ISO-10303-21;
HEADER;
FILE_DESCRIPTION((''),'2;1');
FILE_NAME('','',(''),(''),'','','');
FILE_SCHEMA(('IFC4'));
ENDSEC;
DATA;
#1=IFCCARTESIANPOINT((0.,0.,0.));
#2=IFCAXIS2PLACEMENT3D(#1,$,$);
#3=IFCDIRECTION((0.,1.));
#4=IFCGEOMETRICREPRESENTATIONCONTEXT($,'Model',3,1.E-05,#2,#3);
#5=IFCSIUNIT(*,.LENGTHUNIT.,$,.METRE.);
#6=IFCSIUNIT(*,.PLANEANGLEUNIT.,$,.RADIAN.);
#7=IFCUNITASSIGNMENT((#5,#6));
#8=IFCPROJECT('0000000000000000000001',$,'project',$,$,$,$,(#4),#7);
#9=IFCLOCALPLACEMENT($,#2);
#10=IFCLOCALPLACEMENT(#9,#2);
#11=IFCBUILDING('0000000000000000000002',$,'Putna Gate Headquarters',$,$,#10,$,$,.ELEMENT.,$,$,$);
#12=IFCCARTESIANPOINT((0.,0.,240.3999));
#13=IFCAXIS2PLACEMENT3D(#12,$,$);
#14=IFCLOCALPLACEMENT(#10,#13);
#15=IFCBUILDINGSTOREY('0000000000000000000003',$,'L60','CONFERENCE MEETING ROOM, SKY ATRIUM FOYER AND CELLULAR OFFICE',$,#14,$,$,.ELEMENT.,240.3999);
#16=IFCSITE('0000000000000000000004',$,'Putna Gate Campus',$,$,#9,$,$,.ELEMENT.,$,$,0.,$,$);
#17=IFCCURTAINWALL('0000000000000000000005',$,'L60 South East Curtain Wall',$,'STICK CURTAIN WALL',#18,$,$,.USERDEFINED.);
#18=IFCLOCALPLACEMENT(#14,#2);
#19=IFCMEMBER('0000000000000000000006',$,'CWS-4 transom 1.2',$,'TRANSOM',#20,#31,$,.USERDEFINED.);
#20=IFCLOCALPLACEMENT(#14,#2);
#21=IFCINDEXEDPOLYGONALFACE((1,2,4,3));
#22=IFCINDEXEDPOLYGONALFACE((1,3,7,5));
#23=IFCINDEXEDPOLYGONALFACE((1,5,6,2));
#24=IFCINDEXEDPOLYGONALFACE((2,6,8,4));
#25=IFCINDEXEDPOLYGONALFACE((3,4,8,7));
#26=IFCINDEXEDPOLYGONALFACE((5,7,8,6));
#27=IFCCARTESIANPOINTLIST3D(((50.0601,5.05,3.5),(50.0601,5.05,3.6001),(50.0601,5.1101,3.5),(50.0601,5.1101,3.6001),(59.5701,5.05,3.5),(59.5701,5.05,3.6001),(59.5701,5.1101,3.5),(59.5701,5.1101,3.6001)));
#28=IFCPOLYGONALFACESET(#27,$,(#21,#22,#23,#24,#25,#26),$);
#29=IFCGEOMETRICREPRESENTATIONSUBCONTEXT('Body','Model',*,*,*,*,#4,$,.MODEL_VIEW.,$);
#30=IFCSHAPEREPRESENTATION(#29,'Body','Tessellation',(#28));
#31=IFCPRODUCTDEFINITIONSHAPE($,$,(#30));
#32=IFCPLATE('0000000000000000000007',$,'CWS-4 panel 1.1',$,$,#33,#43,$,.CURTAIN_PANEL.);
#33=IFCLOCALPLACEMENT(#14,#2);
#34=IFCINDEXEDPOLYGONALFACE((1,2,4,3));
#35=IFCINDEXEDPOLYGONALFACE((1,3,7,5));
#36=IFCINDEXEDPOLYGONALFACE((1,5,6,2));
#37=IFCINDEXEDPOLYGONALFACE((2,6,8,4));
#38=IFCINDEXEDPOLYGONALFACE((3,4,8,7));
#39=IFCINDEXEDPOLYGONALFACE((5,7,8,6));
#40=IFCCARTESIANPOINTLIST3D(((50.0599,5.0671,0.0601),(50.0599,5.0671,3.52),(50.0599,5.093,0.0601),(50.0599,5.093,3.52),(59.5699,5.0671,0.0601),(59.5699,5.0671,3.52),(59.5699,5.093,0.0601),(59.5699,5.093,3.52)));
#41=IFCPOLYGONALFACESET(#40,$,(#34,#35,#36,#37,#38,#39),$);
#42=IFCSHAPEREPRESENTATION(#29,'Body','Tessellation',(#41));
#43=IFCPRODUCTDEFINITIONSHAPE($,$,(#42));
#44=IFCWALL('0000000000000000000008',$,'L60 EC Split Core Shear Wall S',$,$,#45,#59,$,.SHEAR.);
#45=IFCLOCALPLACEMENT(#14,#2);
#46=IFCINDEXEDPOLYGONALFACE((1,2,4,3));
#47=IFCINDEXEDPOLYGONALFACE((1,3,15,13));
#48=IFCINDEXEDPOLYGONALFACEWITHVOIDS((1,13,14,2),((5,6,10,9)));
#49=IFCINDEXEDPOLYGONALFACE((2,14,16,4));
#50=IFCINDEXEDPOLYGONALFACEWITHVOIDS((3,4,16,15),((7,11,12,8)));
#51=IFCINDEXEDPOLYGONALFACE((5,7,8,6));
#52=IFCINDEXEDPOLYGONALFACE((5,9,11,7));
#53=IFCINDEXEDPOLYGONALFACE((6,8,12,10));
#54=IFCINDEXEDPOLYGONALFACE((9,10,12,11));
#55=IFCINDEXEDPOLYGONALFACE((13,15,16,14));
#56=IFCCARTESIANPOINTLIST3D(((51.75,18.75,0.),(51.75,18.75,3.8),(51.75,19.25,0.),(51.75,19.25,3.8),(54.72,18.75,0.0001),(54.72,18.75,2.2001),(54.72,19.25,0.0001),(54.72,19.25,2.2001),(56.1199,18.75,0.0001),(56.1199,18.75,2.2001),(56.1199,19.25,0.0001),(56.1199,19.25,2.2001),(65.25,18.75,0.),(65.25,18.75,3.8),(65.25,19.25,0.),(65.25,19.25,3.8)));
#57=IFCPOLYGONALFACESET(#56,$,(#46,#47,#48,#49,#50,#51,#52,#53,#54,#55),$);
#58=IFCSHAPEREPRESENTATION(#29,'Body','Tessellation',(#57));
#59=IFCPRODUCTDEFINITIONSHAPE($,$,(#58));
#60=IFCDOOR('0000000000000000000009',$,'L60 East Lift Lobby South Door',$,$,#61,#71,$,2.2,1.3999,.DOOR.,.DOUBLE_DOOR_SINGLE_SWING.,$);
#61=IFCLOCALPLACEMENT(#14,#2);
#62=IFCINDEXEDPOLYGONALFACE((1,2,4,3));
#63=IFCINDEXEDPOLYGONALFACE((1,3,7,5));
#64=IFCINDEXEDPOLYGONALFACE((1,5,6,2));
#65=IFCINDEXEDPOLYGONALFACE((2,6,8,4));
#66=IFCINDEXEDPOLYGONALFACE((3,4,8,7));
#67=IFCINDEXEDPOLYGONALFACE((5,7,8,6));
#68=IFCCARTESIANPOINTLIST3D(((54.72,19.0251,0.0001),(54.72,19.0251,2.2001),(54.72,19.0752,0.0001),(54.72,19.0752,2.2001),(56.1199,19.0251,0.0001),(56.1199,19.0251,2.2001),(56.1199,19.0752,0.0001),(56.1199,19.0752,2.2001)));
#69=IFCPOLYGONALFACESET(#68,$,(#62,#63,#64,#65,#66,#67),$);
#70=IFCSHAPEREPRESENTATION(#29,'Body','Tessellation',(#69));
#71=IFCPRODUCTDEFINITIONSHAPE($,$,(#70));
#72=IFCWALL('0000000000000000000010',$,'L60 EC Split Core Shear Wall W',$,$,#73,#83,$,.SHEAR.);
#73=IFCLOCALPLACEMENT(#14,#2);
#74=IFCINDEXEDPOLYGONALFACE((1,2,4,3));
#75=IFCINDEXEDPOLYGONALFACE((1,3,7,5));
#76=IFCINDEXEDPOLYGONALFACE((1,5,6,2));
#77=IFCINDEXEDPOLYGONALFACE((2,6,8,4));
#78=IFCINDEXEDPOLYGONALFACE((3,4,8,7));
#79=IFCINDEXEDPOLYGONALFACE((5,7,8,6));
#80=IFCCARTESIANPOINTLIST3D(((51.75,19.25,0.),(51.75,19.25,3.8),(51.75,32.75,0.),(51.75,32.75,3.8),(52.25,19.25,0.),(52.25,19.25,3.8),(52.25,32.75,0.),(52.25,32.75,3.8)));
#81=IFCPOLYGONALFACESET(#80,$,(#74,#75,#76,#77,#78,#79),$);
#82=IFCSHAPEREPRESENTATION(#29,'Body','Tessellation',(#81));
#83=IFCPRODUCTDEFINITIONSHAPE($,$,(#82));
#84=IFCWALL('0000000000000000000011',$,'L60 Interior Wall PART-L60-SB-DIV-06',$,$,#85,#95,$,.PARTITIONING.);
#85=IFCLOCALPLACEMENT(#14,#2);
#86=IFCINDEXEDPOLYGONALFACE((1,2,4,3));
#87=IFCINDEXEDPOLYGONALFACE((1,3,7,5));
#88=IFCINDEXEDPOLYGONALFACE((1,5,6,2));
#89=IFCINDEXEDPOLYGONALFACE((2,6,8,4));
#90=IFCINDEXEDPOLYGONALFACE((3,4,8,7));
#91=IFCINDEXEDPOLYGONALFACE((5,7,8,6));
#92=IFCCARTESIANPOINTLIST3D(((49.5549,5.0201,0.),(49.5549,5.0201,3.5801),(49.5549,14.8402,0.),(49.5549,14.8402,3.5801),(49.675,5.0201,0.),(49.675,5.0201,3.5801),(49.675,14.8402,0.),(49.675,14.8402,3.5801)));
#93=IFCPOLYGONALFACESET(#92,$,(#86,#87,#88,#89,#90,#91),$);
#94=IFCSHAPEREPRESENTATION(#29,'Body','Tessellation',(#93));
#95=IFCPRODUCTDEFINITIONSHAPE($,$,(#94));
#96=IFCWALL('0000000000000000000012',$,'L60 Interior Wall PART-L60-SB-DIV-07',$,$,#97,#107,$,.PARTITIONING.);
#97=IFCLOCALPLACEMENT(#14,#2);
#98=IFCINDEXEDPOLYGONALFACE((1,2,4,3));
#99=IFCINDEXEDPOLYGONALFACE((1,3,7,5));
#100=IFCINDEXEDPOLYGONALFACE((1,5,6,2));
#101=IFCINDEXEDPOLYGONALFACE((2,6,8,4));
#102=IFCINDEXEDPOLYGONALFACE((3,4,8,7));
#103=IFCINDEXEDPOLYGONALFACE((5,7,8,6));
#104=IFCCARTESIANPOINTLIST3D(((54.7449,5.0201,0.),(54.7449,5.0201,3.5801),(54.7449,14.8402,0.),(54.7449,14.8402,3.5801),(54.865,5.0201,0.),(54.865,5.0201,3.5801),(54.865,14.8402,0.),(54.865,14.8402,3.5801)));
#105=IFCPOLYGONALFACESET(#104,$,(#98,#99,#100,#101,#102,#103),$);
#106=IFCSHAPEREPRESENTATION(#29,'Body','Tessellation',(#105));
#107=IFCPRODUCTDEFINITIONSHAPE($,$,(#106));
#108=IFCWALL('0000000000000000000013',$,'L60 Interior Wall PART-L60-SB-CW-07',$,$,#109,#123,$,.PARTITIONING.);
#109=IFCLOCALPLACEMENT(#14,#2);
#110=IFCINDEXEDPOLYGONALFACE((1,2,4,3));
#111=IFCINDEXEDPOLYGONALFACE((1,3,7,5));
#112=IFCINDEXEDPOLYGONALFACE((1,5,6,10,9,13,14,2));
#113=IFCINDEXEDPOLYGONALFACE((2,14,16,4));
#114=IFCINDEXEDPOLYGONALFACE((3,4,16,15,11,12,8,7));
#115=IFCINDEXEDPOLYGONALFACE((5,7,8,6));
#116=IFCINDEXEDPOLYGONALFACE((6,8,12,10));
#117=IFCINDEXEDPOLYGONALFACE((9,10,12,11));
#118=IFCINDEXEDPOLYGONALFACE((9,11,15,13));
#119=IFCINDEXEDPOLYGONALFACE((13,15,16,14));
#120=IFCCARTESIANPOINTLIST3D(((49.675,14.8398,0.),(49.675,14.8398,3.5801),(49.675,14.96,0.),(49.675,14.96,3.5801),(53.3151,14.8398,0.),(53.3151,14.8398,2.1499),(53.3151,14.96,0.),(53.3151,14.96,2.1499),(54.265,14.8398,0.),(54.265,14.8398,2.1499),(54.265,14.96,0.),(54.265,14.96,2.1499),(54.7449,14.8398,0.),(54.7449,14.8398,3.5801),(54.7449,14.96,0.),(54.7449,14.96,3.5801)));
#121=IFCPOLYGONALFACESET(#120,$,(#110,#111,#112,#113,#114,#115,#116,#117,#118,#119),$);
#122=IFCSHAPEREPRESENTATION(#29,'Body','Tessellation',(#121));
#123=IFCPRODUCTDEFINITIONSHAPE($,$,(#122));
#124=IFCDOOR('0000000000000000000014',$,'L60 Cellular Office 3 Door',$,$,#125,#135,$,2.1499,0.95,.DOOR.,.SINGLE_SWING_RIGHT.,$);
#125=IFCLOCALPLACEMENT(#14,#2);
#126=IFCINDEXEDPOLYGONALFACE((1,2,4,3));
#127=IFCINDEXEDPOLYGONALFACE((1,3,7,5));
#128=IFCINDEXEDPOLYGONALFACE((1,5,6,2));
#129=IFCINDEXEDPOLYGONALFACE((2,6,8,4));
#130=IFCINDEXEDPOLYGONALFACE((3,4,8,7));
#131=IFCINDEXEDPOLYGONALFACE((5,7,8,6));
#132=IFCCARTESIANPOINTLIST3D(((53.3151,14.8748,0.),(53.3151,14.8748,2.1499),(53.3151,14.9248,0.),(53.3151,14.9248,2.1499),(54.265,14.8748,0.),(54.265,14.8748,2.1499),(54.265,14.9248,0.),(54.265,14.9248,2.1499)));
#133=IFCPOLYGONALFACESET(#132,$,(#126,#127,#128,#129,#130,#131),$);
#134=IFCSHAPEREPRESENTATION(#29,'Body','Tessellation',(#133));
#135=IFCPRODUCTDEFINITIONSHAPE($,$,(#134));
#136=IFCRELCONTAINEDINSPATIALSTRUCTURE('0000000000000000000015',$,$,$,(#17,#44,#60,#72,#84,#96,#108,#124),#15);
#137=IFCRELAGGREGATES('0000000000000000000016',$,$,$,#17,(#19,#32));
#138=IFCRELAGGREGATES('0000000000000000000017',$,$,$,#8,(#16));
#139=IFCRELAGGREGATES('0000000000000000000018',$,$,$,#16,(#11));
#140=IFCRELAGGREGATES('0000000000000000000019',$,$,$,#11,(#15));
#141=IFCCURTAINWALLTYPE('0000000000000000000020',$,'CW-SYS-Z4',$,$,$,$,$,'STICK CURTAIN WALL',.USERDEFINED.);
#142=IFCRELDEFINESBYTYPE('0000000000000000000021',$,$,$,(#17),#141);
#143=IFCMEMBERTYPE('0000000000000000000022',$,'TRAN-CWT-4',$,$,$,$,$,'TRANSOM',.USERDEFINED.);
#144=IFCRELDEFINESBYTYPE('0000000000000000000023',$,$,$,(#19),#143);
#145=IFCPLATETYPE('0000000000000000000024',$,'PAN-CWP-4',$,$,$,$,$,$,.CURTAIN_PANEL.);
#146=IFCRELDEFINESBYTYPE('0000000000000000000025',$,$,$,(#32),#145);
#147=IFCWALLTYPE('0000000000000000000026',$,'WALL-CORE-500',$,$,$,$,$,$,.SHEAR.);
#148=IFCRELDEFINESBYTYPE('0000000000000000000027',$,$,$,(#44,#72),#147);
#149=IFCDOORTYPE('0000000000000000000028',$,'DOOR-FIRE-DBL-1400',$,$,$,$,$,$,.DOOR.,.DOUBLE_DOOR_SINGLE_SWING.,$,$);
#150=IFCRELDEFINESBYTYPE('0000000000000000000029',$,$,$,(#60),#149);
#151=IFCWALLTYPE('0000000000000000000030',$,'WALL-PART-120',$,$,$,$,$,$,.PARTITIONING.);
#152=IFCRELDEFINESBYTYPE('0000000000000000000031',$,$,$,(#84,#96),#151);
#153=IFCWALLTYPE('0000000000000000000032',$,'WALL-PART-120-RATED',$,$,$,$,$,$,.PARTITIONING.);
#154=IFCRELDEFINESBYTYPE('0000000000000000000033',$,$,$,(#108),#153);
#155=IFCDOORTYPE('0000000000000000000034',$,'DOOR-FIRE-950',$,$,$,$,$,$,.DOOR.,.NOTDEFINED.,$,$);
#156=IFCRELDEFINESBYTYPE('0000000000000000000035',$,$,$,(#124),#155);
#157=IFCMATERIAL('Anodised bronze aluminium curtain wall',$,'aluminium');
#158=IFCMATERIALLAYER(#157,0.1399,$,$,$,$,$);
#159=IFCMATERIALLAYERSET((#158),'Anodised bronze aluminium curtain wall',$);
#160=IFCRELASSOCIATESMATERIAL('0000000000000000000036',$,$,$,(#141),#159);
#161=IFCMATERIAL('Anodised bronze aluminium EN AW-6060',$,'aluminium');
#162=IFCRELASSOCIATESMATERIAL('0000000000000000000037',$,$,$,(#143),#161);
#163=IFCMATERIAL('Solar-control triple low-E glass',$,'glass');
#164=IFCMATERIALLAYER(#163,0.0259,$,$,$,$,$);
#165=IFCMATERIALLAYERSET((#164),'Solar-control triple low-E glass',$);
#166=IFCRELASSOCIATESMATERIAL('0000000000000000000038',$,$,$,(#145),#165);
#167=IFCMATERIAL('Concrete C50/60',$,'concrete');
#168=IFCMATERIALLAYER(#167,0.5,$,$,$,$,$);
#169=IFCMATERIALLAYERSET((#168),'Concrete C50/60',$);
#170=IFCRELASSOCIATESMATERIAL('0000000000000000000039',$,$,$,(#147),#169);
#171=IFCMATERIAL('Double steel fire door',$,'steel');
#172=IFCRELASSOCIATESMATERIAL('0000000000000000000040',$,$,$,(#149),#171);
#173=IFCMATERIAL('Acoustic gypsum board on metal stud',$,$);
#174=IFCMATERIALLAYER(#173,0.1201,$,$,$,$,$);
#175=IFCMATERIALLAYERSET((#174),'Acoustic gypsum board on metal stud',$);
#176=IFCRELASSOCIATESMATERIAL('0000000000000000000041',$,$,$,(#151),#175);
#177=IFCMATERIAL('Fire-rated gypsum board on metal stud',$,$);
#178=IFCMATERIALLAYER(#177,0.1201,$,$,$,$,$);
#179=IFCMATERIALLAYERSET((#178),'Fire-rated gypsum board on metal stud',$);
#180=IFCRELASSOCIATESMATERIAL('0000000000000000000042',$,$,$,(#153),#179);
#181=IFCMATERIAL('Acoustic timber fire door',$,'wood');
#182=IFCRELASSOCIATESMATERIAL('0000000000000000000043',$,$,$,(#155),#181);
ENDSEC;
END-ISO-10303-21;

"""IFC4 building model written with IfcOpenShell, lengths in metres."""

from ifc_helpers import new_model, si_unit, direction, frame, frame_2d, origin, origin_2d, place, context, subcontext, project, spatial, rectangle, extrude, material, layer, layer_set, material_profile, profile_set, type_object, element, fill, aggregate, save


model = new_model("IFC4")

# Units and contexts
model_context = context("Model", 3, precision=1e-05, world=origin(), true_north=direction((0.0, 1.0)))
body_context = subcontext(model_context, "Body", "Model", "MODEL_VIEW")
ifc_project = project(units=[si_unit("LENGTHUNIT", "METRE"), si_unit("PLANEANGLEUNIT", "RADIAN")], contexts=[model_context])

# Site, building, storey
site_placement = place(None, origin())
site = spatial("IfcSite", under=ifc_project, at=site_placement, Name="Putna Gate Campus", CompositionType="ELEMENT", RefElevation=0.0)
building_placement = place(site_placement, origin())
building = spatial("IfcBuilding", under=site, at=building_placement, Name="Putna Gate Headquarters", CompositionType="ELEMENT")
storey_placement = place(building_placement, frame((0.0, 0.0, 240.3999)))
storey = spatial("IfcBuildingStorey", under=building, at=storey_placement, Name="L60", Description="CONFERENCE MEETING ROOM, SKY ATRIUM FOYER AND CELLULAR OFFICE", CompositionType="ELEMENT", Elevation=240.3999)

# Curtain wall
ifc_material_1 = material(Name="Anodised bronze aluminium curtain wall", Category="aluminium")
ifc_layer_1 = layer(ifc_material_1, 0.1399)
ifc_layer_set_1 = layer_set([ifc_layer_1], Name="Anodised bronze aluminium curtain wall")
curtain_wall_type_1 = type_object("IfcCurtainWallType", Name="CW-SYS-Z4", ElementType="STICK CURTAIN WALL", PredefinedType="USERDEFINED", material=ifc_layer_set_1)
curtain_wall_1_placement = place(storey_placement, origin())
curtain_wall_1 = element("IfcCurtainWall", 1, at=curtain_wall_1_placement, inside=storey, type_object=curtain_wall_type_1, Name="L60 South East Curtain Wall", ObjectType="STICK CURTAIN WALL", PredefinedType="USERDEFINED")
ifc_material_2 = material(Name="Anodised bronze aluminium EN AW-6060", Category="aluminium")

# Member
ifc_material_profile_1 = material_profile(ifc_material_2, rectangle(XDim=0.0601, YDim=0.1001, at=origin_2d()), Name="Anodised bronze aluminium EN AW-6060")
ifc_profile_set_1 = profile_set([ifc_material_profile_1], Name="Anodised bronze aluminium EN AW-6060")
member_type_1 = type_object("IfcMemberType", Name="TRAN-CWT-4", ElementType="TRANSOM", PredefinedType="USERDEFINED", material=ifc_profile_set_1)
member_1_placement = place(storey_placement, frame((50.0601, 5.0801, 3.55), z_axis=(1.0, 0.0, 0.0), x_axis=(0.0, 1.0, 0.0)))
member_1 = element("IfcMember", 2, at=member_1_placement, type_object=member_type_1, Name="CWS-4 transom 1.2", ObjectType="TRANSOM", PredefinedType="USERDEFINED", context=body_context, shape_type="SweptSolid", body=[
    extrude(rectangle(XDim=0.0601, YDim=0.1001, at=origin_2d()), origin(), (0.0, 0.0, 1.0), 9.51),
])

# Plate
ifc_material_3 = material(Name="Solar-control triple low-E glass", Category="glass")
ifc_layer_2 = layer(ifc_material_3, 0.0259)
ifc_layer_set_2 = layer_set([ifc_layer_2], Name="Solar-control triple low-E glass")
plate_type = type_object("IfcPlateType", Name="PAN-CWP-4", PredefinedType="CURTAIN_PANEL", material=ifc_layer_set_2)
plate_placement = place(storey_placement, frame((54.8149, 5.0801, 0.0601), z_axis=(0.0, 0.0, 1.0), x_axis=(1.0, 0.0, 0.0)))
plate = element("IfcPlate", 3, at=plate_placement, type_object=plate_type, Name="CWS-4 panel 1.1", PredefinedType="CURTAIN_PANEL", context=body_context, shape_type="SweptSolid", body=[
    extrude(rectangle(XDim=9.51, YDim=0.0259, at=origin_2d()), origin(), (0.0, 0.0, 1.0), 3.46),
])
aggregate(curtain_wall_1, [member_1, plate])

# Wall, opening, door
ifc_material_4 = material(Name="Concrete C50/60", Category="concrete")
ifc_layer_3 = layer(ifc_material_4, 0.5)
ifc_layer_set_3 = layer_set([ifc_layer_3], Name="Concrete C50/60")
wall_type_1 = type_object("IfcWallType", Name="WALL-CORE-500", PredefinedType="SHEAR", material=ifc_layer_set_3)
wall_1_placement = place(storey_placement, frame((51.75, 19.0, 0.0), z_axis=(0.0, 0.0, 1.0), x_axis=(1.0, 0.0, 0.0)))
wall_1 = element("IfcWall", 4, at=wall_1_placement, inside=storey, type_object=wall_type_1, Name="L60 EC Split Core Shear Wall S", PredefinedType="SHEAR", context=body_context, shape_type="SweptSolid", body=[
    extrude(rectangle(XDim=13.5, YDim=0.5, at=frame_2d((6.75, 0.0))), origin(), (0.0, 0.0, 1.0), 3.8),
])
opening_1_placement = place(wall_1_placement, frame((2.97, 0.0, 0.0)))
opening_1 = element("IfcOpeningElement", 5, at=opening_1_placement, cuts=wall_1, PredefinedType="OPENING", context=body_context, shape_type="SweptSolid", body=[
    extrude(rectangle(XDim=1.3999, YDim=2.2, at=frame_2d((0.7, 1.1001))), frame((0.0, 0.26, 0.0), z_axis=(0.0, -1.0, 0.0), x_axis=(1.0, 0.0, 0.0)), (0.0, 0.0, 1.0), 0.52),
])
ifc_material_5 = material(Name="Double steel fire door", Category="steel")
door_type_1 = type_object("IfcDoorType", Name="DOOR-FIRE-DBL-1400", OperationType="DOUBLE_DOOR_SINGLE_SWING", PredefinedType="DOOR", material=ifc_material_5)
door_1_placement = place(opening_1_placement, origin())
door_1 = element("IfcDoor", 6, at=door_1_placement, inside=storey, type_object=door_type_1, Name="L60 East Lift Lobby South Door", OperationType="DOUBLE_DOOR_SINGLE_SWING", OverallHeight=2.2, OverallWidth=1.3999, PredefinedType="DOOR", context=body_context, shape_type="SweptSolid", body=[
    extrude(rectangle(XDim=1.3999, YDim=2.2, at=frame_2d((0.7, 1.1001))), frame((0.0, 0.0752, 0.0), z_axis=(0.0, -1.0, 0.0), x_axis=(1.0, 0.0, 0.0)), (0.0, 0.0, 1.0), 0.05),
])
fill(opening_1, door_1)

# Walls
wall_2_placement = place(storey_placement, frame((52.0, 19.25, 0.0), z_axis=(0.0, 0.0, 1.0), x_axis=(0.0, 1.0, 0.0)))
element("IfcWall", 7, at=wall_2_placement, inside=storey, type_object=wall_type_1, Name="L60 EC Split Core Shear Wall W", PredefinedType="SHEAR", context=body_context, shape_type="SweptSolid", body=[
    extrude(rectangle(XDim=13.5, YDim=0.5, at=frame_2d((6.75, 0.0))), origin(), (0.0, 0.0, 1.0), 3.8),
])
ifc_material_6 = material(Name="Acoustic gypsum board on metal stud")
ifc_layer_4 = layer(ifc_material_6, 0.1201)
ifc_layer_set_4 = layer_set([ifc_layer_4], Name="Acoustic gypsum board on metal stud")
wall_type_2 = type_object("IfcWallType", Name="WALL-PART-120", PredefinedType="PARTITIONING", material=ifc_layer_set_4)
for number, where, z_axis, x_axis, name in (
    (8, (49.615, 5.02, 0.0), (0.0, 0.0, 1.0), (0.0, 1.0, 0.0), "L60 Interior Wall PART-L60-SB-DIV-06"),
    (9, (54.8049, 5.02, 0.0), (0.0, 0.0, 1.0), (0.0, 1.0, 0.0), "L60 Interior Wall PART-L60-SB-DIV-07"),
):
    element("IfcWall", number, at=place(storey_placement, frame(where, z_axis=z_axis, x_axis=x_axis)), inside=storey, type_object=wall_type_2, Name=name, PredefinedType="PARTITIONING", context=body_context, shape_type="SweptSolid", body=[
        extrude(rectangle(XDim=9.8201, YDim=0.1201, at=frame_2d((4.9102, 0.0))), origin(), (0.0, 0.0, 1.0), 3.5801),
    ])

# Wall, opening, door
ifc_material_7 = material(Name="Fire-rated gypsum board on metal stud")
ifc_layer_5 = layer(ifc_material_7, 0.1201)
ifc_layer_set_5 = layer_set([ifc_layer_5], Name="Fire-rated gypsum board on metal stud")
wall_type_3 = type_object("IfcWallType", Name="WALL-PART-120-RATED", PredefinedType="PARTITIONING", material=ifc_layer_set_5)
wall_3_placement = place(storey_placement, frame((49.675, 14.8999, 0.0), z_axis=(0.0, 0.0, 1.0), x_axis=(1.0, 0.0, 0.0)))
wall_3 = element("IfcWall", 10, at=wall_3_placement, inside=storey, type_object=wall_type_3, Name="L60 Interior Wall PART-L60-SB-CW-07", PredefinedType="PARTITIONING", context=body_context, shape_type="SweptSolid", body=[
    extrude(rectangle(XDim=5.0698, YDim=0.1201, at=frame_2d((2.5349, 0.0))), origin(), (0.0, 0.0, 1.0), 3.5801),
])
opening_2_placement = place(wall_3_placement, frame((3.6399, 0.0, 0.0)))
opening_2 = element("IfcOpeningElement", 11, at=opening_2_placement, cuts=wall_3, PredefinedType="OPENING", context=body_context, shape_type="SweptSolid", body=[
    extrude(rectangle(XDim=0.95, YDim=2.1499, at=frame_2d((0.4751, 1.075))), frame((0.0, 0.0701, 0.0), z_axis=(0.0, -1.0, 0.0), x_axis=(1.0, 0.0, 0.0)), (0.0, 0.0, 1.0), 0.1401),
])
ifc_material_8 = material(Name="Acoustic timber fire door", Category="wood")
door_type_2 = type_object("IfcDoorType", Name="DOOR-FIRE-950", OperationType="NOTDEFINED", PredefinedType="DOOR", material=ifc_material_8)
door_2_placement = place(opening_2_placement, origin())
door_2 = element("IfcDoor", 12, at=door_2_placement, inside=storey, type_object=door_type_2, Name="L60 Cellular Office 3 Door", OperationType="SINGLE_SWING_RIGHT", OverallHeight=2.1499, OverallWidth=0.95, PredefinedType="DOOR", context=body_context, shape_type="SweptSolid", body=[
    extrude(rectangle(XDim=0.95, YDim=2.1499, at=frame_2d((0.4751, 1.075))), frame((0.0, 0.0249, 0.0), z_axis=(0.0, -1.0, 0.0), x_axis=(1.0, 0.0, 0.0)), (0.0, 0.0, 1.0), 0.05),
])
fill(opening_2, door_2)

save(model, "model.ifc")
